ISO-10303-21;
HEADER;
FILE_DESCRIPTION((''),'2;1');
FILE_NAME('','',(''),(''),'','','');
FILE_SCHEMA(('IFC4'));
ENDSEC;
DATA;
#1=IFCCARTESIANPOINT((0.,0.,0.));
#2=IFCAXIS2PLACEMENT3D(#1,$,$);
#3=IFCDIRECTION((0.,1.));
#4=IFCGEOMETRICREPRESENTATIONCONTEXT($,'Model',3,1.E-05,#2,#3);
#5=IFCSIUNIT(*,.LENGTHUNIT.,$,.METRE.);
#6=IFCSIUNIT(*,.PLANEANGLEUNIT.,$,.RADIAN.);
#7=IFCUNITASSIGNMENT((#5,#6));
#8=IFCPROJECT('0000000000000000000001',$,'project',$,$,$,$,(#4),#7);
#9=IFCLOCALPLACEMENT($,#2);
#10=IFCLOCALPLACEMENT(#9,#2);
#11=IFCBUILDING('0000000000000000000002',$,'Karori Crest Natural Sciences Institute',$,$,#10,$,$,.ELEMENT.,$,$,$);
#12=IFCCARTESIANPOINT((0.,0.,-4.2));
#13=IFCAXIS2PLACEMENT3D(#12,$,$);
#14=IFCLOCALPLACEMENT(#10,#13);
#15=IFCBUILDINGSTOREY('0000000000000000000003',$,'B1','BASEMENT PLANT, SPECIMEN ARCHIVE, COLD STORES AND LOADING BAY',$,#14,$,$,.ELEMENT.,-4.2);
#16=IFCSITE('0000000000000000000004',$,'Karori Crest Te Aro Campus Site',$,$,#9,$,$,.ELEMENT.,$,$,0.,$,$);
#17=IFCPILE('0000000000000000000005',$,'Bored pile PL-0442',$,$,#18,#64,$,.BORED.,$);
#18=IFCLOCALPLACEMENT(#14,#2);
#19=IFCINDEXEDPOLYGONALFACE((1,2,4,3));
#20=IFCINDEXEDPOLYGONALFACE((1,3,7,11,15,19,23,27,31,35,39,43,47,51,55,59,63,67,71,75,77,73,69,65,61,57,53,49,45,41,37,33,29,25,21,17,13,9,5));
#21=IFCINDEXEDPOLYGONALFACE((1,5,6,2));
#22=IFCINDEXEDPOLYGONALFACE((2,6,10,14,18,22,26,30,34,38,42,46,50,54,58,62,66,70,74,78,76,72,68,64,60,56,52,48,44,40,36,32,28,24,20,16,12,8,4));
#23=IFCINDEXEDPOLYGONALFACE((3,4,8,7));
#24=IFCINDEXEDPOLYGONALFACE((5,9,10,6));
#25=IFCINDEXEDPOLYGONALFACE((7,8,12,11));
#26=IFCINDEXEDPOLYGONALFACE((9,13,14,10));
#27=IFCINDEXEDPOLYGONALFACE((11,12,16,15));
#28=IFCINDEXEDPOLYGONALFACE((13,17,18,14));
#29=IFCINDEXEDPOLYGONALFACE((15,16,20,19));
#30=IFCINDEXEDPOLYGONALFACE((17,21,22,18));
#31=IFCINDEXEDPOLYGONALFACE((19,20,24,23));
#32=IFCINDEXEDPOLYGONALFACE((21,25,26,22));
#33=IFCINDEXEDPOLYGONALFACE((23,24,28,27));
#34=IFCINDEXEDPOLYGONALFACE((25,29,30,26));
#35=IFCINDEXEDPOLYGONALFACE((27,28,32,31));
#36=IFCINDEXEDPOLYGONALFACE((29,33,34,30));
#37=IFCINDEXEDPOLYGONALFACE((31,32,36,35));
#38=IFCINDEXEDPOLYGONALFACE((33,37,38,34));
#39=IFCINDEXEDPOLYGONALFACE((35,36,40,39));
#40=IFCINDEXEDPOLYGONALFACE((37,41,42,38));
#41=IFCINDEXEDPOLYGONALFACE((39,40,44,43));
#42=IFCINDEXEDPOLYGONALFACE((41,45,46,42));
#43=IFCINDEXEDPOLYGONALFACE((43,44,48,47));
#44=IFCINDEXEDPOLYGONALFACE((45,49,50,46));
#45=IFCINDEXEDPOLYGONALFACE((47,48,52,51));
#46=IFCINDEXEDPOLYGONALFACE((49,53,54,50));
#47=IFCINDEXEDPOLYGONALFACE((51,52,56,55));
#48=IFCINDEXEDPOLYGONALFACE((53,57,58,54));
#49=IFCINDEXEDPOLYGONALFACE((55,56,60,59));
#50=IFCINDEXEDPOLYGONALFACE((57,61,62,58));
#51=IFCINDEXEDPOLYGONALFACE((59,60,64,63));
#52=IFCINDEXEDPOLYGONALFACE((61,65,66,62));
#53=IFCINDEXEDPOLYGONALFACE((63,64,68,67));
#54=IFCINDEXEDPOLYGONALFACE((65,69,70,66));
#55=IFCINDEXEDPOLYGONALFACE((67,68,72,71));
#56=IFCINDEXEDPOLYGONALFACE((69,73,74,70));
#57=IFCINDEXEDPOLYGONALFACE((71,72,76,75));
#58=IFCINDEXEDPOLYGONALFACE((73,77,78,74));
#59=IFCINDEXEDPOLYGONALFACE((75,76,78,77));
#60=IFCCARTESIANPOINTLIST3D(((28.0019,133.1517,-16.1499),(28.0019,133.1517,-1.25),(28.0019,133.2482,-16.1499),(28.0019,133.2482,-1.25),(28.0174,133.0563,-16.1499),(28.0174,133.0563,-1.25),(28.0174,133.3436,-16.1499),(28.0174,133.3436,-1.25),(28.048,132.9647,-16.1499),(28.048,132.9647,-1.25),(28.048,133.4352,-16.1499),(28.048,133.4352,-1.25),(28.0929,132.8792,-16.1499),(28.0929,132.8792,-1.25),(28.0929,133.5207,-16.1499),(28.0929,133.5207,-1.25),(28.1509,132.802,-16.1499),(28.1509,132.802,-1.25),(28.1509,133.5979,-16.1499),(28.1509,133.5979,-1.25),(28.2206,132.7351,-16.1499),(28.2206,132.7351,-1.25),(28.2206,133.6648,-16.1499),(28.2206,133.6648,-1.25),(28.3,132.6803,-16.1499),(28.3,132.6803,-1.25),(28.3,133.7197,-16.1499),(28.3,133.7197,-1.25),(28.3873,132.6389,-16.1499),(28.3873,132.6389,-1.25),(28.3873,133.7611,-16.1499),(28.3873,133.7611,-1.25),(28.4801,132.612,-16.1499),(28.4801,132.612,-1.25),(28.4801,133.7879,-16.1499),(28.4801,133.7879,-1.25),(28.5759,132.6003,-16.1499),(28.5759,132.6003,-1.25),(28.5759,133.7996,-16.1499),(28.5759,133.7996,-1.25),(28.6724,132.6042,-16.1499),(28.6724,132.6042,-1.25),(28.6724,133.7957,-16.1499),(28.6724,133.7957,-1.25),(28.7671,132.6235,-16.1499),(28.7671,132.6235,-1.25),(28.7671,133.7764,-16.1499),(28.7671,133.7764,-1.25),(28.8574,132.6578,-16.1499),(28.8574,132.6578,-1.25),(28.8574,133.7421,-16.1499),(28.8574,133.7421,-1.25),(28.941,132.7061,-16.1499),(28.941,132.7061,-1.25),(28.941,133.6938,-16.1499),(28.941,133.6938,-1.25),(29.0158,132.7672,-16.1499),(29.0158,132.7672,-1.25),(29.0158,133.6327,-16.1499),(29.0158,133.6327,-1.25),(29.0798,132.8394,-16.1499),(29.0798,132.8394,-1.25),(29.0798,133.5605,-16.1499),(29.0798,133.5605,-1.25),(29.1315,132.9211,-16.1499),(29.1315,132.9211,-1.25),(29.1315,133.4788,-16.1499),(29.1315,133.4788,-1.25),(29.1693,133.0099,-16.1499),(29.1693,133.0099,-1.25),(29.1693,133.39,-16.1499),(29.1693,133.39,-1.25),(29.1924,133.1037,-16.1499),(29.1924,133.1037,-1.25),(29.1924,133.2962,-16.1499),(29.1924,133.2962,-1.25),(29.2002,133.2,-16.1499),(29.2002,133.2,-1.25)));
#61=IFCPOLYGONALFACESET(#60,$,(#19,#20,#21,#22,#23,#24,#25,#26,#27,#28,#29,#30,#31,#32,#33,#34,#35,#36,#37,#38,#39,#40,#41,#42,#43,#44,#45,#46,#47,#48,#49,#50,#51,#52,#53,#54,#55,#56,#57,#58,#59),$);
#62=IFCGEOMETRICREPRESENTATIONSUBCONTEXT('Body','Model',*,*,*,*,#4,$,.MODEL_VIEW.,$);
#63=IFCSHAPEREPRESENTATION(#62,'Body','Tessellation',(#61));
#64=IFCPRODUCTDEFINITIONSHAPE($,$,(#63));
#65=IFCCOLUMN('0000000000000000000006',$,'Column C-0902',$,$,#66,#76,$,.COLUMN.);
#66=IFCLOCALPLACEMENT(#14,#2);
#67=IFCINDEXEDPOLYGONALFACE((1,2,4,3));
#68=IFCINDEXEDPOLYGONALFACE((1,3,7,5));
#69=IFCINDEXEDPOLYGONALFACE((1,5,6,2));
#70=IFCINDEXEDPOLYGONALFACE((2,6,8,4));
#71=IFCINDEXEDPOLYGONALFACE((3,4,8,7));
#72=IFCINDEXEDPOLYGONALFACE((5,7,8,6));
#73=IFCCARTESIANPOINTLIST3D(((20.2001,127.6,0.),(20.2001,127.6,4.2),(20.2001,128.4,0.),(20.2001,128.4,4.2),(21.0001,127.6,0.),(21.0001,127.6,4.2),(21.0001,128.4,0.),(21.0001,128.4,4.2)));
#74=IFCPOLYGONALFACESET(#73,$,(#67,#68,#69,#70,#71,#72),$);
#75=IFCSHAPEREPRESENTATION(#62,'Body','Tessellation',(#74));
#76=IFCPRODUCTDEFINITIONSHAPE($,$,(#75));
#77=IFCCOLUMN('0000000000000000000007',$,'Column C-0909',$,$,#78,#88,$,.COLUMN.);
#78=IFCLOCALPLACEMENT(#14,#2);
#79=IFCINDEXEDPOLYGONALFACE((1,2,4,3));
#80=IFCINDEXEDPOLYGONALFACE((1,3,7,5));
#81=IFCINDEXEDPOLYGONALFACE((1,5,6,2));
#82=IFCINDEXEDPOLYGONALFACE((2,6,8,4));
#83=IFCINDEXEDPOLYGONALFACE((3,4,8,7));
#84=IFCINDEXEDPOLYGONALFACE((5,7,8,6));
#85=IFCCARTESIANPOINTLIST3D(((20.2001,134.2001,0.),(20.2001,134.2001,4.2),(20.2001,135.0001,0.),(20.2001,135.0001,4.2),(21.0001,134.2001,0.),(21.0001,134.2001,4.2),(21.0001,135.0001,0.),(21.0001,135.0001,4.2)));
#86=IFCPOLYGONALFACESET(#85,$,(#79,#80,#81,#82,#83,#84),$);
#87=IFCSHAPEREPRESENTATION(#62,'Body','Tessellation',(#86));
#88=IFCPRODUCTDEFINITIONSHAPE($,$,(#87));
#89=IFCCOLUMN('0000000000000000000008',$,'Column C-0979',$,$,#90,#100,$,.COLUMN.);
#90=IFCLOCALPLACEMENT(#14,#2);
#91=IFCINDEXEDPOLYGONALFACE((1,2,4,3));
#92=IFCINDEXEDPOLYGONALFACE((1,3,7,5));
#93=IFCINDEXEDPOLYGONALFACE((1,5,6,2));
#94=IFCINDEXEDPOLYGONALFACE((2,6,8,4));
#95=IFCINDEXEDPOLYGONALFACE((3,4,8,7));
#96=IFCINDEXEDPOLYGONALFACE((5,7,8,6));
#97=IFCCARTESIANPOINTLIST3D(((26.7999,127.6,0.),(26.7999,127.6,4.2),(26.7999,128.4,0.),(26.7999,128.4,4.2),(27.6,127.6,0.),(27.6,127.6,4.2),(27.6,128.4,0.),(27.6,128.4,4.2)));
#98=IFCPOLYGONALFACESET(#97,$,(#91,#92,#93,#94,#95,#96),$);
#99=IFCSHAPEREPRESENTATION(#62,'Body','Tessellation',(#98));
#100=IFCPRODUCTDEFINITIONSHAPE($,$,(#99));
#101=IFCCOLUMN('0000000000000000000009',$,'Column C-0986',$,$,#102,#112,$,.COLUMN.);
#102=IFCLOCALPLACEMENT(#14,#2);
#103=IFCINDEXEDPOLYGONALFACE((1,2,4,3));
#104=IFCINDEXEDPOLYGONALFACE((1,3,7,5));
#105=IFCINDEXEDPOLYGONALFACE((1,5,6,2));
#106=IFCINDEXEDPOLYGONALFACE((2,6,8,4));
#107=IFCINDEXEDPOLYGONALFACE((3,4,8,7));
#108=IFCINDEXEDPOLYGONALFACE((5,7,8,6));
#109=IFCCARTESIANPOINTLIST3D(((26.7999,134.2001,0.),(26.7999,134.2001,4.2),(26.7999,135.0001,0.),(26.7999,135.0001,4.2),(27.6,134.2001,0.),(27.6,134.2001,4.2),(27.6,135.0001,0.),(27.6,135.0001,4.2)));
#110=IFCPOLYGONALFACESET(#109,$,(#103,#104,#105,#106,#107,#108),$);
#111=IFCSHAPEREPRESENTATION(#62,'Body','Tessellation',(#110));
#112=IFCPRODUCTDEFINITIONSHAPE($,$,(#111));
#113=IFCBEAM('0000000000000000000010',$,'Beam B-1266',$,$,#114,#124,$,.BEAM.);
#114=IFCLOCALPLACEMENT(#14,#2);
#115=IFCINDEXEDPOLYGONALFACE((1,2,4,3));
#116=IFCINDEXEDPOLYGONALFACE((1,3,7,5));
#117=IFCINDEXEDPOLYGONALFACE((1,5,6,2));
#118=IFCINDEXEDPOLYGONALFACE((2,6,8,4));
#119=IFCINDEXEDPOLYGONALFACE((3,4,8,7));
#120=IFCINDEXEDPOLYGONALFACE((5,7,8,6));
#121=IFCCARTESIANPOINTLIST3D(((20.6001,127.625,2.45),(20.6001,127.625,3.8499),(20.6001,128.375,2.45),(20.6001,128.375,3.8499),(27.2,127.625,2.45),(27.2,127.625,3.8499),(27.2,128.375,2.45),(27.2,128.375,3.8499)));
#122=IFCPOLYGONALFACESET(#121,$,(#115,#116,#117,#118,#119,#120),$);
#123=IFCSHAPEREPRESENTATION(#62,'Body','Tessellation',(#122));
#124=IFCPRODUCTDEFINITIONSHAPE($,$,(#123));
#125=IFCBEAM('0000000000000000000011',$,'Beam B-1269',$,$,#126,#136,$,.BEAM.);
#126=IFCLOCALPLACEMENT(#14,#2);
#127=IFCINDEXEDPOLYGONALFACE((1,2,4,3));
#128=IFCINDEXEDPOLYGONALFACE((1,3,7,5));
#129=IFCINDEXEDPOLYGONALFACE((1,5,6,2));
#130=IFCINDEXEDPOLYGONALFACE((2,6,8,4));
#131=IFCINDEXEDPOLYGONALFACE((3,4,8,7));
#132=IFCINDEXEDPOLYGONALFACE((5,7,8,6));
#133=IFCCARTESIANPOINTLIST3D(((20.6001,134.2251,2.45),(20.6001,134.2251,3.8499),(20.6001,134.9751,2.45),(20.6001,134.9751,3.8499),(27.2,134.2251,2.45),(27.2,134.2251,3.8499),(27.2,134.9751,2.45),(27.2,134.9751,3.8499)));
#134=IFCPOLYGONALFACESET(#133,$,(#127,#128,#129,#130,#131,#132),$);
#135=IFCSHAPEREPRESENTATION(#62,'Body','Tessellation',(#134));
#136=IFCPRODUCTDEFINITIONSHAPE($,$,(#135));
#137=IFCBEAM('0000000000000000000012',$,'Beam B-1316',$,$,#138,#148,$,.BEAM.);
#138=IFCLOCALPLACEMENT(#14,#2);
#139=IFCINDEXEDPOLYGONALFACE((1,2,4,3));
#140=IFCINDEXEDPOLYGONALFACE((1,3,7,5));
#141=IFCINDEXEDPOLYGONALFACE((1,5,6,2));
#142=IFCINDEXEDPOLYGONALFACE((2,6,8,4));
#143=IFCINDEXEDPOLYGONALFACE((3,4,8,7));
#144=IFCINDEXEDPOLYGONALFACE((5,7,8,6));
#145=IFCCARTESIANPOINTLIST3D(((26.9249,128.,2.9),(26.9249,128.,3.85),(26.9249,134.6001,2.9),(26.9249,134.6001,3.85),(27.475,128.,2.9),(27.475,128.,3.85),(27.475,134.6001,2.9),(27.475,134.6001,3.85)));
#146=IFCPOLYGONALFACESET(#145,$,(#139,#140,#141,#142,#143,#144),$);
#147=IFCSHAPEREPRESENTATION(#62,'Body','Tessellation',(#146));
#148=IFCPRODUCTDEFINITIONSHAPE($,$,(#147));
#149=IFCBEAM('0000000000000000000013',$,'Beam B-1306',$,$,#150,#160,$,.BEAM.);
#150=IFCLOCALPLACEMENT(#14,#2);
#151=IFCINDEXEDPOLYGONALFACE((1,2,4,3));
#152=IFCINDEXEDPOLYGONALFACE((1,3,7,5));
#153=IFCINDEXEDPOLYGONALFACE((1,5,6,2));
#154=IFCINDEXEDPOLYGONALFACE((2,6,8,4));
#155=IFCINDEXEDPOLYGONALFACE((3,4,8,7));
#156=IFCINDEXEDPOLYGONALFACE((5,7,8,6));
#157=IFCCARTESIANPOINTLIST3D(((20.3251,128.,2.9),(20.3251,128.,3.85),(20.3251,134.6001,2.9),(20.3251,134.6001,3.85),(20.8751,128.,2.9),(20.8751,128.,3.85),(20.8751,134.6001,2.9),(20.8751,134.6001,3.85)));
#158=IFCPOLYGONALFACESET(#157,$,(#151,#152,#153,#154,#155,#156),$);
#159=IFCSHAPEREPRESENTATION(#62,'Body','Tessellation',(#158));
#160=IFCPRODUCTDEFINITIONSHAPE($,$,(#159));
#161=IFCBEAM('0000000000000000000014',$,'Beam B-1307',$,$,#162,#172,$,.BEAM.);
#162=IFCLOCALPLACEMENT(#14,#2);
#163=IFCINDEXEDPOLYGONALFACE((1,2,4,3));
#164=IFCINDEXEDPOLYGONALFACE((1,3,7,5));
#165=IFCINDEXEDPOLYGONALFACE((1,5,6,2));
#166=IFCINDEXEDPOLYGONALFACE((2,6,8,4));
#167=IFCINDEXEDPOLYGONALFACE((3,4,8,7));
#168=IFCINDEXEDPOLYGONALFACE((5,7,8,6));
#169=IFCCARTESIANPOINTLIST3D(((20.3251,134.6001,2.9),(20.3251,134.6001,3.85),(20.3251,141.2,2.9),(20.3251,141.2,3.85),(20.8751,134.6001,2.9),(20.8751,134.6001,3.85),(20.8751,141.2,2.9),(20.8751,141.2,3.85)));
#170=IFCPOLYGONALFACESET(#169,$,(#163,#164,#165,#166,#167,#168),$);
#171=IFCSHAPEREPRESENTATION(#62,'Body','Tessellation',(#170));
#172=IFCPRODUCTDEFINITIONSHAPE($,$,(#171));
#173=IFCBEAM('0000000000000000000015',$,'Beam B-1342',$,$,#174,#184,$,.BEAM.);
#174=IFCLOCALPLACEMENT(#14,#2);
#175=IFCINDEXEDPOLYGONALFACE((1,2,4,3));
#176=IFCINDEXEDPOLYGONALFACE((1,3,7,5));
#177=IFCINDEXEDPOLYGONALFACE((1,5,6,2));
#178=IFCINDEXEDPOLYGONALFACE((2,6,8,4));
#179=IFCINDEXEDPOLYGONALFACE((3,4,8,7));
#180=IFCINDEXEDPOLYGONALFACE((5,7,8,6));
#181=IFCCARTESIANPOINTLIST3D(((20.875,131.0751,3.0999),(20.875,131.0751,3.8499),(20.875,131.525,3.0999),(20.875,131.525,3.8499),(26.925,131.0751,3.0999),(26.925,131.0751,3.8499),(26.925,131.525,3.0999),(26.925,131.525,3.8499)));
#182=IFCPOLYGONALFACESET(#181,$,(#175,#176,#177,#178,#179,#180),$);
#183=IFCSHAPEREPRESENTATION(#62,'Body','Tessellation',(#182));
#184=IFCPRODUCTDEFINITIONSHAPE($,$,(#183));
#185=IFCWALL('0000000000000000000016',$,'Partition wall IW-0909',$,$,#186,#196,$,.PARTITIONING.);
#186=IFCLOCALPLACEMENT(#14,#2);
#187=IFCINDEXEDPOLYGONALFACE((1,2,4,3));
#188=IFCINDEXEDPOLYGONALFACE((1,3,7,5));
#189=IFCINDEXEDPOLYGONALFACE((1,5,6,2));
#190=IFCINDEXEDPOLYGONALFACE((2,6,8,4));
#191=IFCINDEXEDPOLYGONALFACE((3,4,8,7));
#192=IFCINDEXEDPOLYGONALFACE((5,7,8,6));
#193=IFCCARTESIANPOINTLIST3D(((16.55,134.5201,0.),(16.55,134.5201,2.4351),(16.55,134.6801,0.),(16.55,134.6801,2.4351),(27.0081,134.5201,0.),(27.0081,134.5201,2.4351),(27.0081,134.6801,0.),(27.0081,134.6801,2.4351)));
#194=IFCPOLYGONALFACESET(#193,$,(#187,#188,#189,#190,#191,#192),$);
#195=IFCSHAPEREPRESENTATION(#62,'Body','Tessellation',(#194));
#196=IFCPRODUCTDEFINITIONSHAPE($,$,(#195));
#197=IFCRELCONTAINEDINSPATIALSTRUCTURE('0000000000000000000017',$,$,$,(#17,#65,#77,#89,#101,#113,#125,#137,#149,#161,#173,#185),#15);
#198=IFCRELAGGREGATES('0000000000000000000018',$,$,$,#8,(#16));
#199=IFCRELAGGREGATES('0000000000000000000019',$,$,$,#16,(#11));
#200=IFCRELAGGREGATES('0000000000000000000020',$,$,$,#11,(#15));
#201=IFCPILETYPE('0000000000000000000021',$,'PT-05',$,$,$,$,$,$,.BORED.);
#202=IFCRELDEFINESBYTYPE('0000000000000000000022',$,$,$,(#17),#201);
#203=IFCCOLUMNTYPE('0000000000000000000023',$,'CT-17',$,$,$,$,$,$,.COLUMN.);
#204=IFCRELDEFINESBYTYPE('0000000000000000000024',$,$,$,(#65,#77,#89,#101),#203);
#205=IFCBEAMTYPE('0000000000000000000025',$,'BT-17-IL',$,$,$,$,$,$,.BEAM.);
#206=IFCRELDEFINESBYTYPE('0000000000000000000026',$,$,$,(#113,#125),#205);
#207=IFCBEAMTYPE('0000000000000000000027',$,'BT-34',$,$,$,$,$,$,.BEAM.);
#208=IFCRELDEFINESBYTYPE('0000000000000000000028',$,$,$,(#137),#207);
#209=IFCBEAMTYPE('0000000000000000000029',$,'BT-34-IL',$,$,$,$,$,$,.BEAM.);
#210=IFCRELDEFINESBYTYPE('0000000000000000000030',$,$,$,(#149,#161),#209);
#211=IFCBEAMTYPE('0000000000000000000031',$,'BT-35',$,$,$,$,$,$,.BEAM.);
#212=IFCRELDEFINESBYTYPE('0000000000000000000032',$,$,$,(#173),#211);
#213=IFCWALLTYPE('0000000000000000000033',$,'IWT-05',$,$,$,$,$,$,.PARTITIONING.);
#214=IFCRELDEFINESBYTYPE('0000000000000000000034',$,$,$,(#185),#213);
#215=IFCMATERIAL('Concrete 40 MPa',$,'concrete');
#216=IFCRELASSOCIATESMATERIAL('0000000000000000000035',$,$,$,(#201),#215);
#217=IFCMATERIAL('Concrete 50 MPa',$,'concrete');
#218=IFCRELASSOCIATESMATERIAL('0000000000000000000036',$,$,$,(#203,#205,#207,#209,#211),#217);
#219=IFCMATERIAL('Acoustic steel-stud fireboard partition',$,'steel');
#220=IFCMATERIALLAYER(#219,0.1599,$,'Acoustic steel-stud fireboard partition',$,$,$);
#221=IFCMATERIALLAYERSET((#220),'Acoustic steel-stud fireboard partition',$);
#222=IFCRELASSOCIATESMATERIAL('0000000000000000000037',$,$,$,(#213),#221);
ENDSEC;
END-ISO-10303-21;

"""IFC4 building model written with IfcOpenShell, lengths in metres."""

from ifc_helpers import new_model, si_unit, direction, frame, frame_2d, origin, origin_2d, place, context, subcontext, project, spatial, rectangle, circle, extrude, material, layer, layer_set, material_profile, profile_set, type_object, element, save


model = new_model("IFC4")

# Units and contexts
model_context = context("Model", 3, precision=1e-05, world=origin(), true_north=direction((0.0, 1.0)))
body_context = subcontext(model_context, "Body", "Model", "MODEL_VIEW")
ifc_project = project(units=[si_unit("LENGTHUNIT", "METRE"), si_unit("PLANEANGLEUNIT", "RADIAN")], contexts=[model_context])

# Site, building, storey
site_placement = place(None, origin())
site = spatial("IfcSite", under=ifc_project, at=site_placement, Name="Karori Crest Te Aro Campus Site", CompositionType="ELEMENT", RefElevation=0.0)
building_placement = place(site_placement, origin())
building = spatial("IfcBuilding", under=site, at=building_placement, Name="Karori Crest Natural Sciences Institute", CompositionType="ELEMENT")
storey_placement = place(building_placement, frame((0.0, 0.0, -4.2)))
storey = spatial("IfcBuildingStorey", under=building, at=storey_placement, Name="B1", Description="BASEMENT PLANT, SPECIMEN ARCHIVE, COLD STORES AND LOADING BAY", CompositionType="ELEMENT", Elevation=-4.2)

# Shared definitions
ifc_material_1 = material(Name="Concrete 40 MPa", Category="concrete")

# Pile
ifc_material_profile_1 = material_profile(ifc_material_1, circle(Radius=0.6001, at=origin_2d()), Name="PILE1200")
ifc_profile_set_1 = profile_set([ifc_material_profile_1], Name="Concrete 40 MPa")
pile_type = type_object("IfcPileType", Name="PT-05", PredefinedType="BORED", material=ifc_profile_set_1)
for number, where, z_axis, x_axis, name in (
    (1, (28.6001, 133.2, -1.25), (0.0, 0.0, -1.0), (1.0, 0.0, 0.0), "Bored pile PL-0442"),
):
    element("IfcPile", number, at=place(storey_placement, frame(where, z_axis=z_axis, x_axis=x_axis)), inside=storey, type_object=pile_type, Name=name, PredefinedType="BORED", context=body_context, shape_type="SweptSolid", body=[
        extrude(circle(Radius=0.6001, at=origin_2d()), origin(), (0.0, 0.0, 1.0), 14.8999),
    ])

# Columns
ifc_material_2 = material(Name="Concrete 50 MPa", Category="concrete")
ifc_material_profile_2 = material_profile(ifc_material_2, rectangle(XDim=0.8, YDim=0.8, at=origin_2d()), Name="RC800x800")
ifc_profile_set_2 = profile_set([ifc_material_profile_2], Name="Concrete 50 MPa")
column_type = type_object("IfcColumnType", Name="CT-17", PredefinedType="COLUMN", material=ifc_profile_set_2)
for number, where, z_axis, x_axis, name in (
    (2, (20.6001, 128.0, 0.0), (0.0, 0.0, 1.0), (1.0, 0.0, 0.0), "Column C-0902"),
    (3, (20.6001, 134.6001, 0.0), (0.0, 0.0, 1.0), (1.0, 0.0, 0.0), "Column C-0909"),
    (4, (27.2, 128.0, 0.0), (0.0, 0.0, 1.0), (1.0, 0.0, 0.0), "Column C-0979"),
    (5, (27.2, 134.6001, 0.0), (0.0, 0.0, 1.0), (1.0, 0.0, 0.0), "Column C-0986"),
):
    element("IfcColumn", number, at=place(storey_placement, frame(where, z_axis=z_axis, x_axis=x_axis)), inside=storey, type_object=column_type, Name=name, PredefinedType="COLUMN", context=body_context, shape_type="SweptSolid", body=[
        extrude(rectangle(XDim=0.8, YDim=0.8, at=origin_2d()), origin(), (0.0, 0.0, 1.0), 4.2),
    ])

# Beams
ifc_material_profile_3 = material_profile(ifc_material_2, rectangle(XDim=0.75, YDim=1.3999, at=origin_2d()), Name="RCB750x1400")
ifc_profile_set_3 = profile_set([ifc_material_profile_3], Name="Concrete 50 MPa")
beam_type_1 = type_object("IfcBeamType", Name="BT-17-IL", PredefinedType="BEAM", material=ifc_profile_set_3)
for number, where, z_axis, x_axis, name in (
    (6, (20.6001, 128.0, 3.1499), (1.0, 0.0, 0.0), (0.0, 1.0, 0.0), "Beam B-1266"),
    (7, (20.6001, 134.6001, 3.1499), (1.0, 0.0, 0.0), (0.0, 1.0, 0.0), "Beam B-1269"),
):
    element("IfcBeam", number, at=place(storey_placement, frame(where, z_axis=z_axis, x_axis=x_axis)), inside=storey, type_object=beam_type_1, Name=name, PredefinedType="BEAM", context=body_context, shape_type="SweptSolid", body=[
        extrude(rectangle(XDim=0.75, YDim=1.3999, at=origin_2d()), origin(), (0.0, 0.0, 1.0), 6.5999),
    ])
ifc_material_profile_4 = material_profile(ifc_material_2, rectangle(XDim=0.55, YDim=0.95, at=origin_2d()), Name="RCB550x950")
ifc_profile_set_4 = profile_set([ifc_material_profile_4], Name="Concrete 50 MPa")
beam_type_2 = type_object("IfcBeamType", Name="BT-34", PredefinedType="BEAM", material=ifc_profile_set_4)
beam_1_placement = place(storey_placement, frame((27.2, 128.0, 3.375), z_axis=(0.0, 1.0, 0.0), x_axis=(-1.0, 0.0, 0.0)))
element("IfcBeam", 8, at=beam_1_placement, inside=storey, type_object=beam_type_2, Name="Beam B-1316", PredefinedType="BEAM", context=body_context, shape_type="SweptSolid", body=[
    extrude(rectangle(XDim=0.55, YDim=0.95, at=origin_2d()), origin(), (0.0, 0.0, 1.0), 6.6001),
])
ifc_material_profile_5 = material_profile(ifc_material_2, rectangle(XDim=0.55, YDim=0.95, at=origin_2d()), Name="RCB550x950")
ifc_profile_set_5 = profile_set([ifc_material_profile_5], Name="Concrete 50 MPa")
beam_type_3 = type_object("IfcBeamType", Name="BT-34-IL", PredefinedType="BEAM", material=ifc_profile_set_5)
beam_2_placement = place(storey_placement, frame((20.6001, 128.0, 3.375), z_axis=(0.0, 1.0, 0.0), x_axis=(-1.0, 0.0, 0.0)))
element("IfcBeam", 9, at=beam_2_placement, inside=storey, type_object=beam_type_3, Name="Beam B-1306", PredefinedType="BEAM", context=body_context, shape_type="SweptSolid", body=[
    extrude(rectangle(XDim=0.55, YDim=0.95, at=origin_2d()), origin(), (0.0, 0.0, 1.0), 6.6001),
])
beam_3_placement = place(storey_placement, frame((20.6001, 134.6001, 3.375), z_axis=(0.0, 1.0, 0.0), x_axis=(-1.0, 0.0, 0.0)))
element("IfcBeam", 10, at=beam_3_placement, inside=storey, type_object=beam_type_3, Name="Beam B-1307", PredefinedType="BEAM", context=body_context, shape_type="SweptSolid", body=[
    extrude(rectangle(XDim=0.55, YDim=0.95, at=origin_2d()), origin(), (0.0, 0.0, 1.0), 6.5999),
])
ifc_material_profile_6 = material_profile(ifc_material_2, rectangle(XDim=0.45, YDim=0.75, at=origin_2d()), Name="RCB450x750")
ifc_profile_set_6 = profile_set([ifc_material_profile_6], Name="Concrete 50 MPa")
beam_type_4 = type_object("IfcBeamType", Name="BT-35", PredefinedType="BEAM", material=ifc_profile_set_6)
beam_4_placement = place(storey_placement, frame((20.875, 131.3, 3.4749), z_axis=(1.0, 0.0, 0.0), x_axis=(0.0, 1.0, 0.0)))
element("IfcBeam", 11, at=beam_4_placement, inside=storey, type_object=beam_type_4, Name="Beam B-1342", PredefinedType="BEAM", context=body_context, shape_type="SweptSolid", body=[
    extrude(rectangle(XDim=0.45, YDim=0.75, at=origin_2d()), origin(), (0.0, 0.0, 1.0), 6.05),
])

# Wall
ifc_material_3 = material(Name="Acoustic steel-stud fireboard partition", Category="steel")
ifc_layer = layer(ifc_material_3, 0.1599, Name="Acoustic steel-stud fireboard partition")
ifc_layer_set = layer_set([ifc_layer], Name="Acoustic steel-stud fireboard partition")
wall_type = type_object("IfcWallType", Name="IWT-05", PredefinedType="PARTITIONING", material=ifc_layer_set)
wall_placement = place(storey_placement, frame((16.55, 134.6001, 0.0), z_axis=(0.0, 0.0, 1.0), x_axis=(1.0, 0.0, 0.0)))
element("IfcWall", 12, at=wall_placement, inside=storey, type_object=wall_type, Name="Partition wall IW-0909", PredefinedType="PARTITIONING", context=body_context, shape_type="SweptSolid", body=[
    extrude(rectangle(XDim=10.458, YDim=0.1599, at=frame_2d((5.229, 0.0))), origin(), (0.0, 0.0, 1.0), 2.4351),
])

save(model, "model.ifc")
